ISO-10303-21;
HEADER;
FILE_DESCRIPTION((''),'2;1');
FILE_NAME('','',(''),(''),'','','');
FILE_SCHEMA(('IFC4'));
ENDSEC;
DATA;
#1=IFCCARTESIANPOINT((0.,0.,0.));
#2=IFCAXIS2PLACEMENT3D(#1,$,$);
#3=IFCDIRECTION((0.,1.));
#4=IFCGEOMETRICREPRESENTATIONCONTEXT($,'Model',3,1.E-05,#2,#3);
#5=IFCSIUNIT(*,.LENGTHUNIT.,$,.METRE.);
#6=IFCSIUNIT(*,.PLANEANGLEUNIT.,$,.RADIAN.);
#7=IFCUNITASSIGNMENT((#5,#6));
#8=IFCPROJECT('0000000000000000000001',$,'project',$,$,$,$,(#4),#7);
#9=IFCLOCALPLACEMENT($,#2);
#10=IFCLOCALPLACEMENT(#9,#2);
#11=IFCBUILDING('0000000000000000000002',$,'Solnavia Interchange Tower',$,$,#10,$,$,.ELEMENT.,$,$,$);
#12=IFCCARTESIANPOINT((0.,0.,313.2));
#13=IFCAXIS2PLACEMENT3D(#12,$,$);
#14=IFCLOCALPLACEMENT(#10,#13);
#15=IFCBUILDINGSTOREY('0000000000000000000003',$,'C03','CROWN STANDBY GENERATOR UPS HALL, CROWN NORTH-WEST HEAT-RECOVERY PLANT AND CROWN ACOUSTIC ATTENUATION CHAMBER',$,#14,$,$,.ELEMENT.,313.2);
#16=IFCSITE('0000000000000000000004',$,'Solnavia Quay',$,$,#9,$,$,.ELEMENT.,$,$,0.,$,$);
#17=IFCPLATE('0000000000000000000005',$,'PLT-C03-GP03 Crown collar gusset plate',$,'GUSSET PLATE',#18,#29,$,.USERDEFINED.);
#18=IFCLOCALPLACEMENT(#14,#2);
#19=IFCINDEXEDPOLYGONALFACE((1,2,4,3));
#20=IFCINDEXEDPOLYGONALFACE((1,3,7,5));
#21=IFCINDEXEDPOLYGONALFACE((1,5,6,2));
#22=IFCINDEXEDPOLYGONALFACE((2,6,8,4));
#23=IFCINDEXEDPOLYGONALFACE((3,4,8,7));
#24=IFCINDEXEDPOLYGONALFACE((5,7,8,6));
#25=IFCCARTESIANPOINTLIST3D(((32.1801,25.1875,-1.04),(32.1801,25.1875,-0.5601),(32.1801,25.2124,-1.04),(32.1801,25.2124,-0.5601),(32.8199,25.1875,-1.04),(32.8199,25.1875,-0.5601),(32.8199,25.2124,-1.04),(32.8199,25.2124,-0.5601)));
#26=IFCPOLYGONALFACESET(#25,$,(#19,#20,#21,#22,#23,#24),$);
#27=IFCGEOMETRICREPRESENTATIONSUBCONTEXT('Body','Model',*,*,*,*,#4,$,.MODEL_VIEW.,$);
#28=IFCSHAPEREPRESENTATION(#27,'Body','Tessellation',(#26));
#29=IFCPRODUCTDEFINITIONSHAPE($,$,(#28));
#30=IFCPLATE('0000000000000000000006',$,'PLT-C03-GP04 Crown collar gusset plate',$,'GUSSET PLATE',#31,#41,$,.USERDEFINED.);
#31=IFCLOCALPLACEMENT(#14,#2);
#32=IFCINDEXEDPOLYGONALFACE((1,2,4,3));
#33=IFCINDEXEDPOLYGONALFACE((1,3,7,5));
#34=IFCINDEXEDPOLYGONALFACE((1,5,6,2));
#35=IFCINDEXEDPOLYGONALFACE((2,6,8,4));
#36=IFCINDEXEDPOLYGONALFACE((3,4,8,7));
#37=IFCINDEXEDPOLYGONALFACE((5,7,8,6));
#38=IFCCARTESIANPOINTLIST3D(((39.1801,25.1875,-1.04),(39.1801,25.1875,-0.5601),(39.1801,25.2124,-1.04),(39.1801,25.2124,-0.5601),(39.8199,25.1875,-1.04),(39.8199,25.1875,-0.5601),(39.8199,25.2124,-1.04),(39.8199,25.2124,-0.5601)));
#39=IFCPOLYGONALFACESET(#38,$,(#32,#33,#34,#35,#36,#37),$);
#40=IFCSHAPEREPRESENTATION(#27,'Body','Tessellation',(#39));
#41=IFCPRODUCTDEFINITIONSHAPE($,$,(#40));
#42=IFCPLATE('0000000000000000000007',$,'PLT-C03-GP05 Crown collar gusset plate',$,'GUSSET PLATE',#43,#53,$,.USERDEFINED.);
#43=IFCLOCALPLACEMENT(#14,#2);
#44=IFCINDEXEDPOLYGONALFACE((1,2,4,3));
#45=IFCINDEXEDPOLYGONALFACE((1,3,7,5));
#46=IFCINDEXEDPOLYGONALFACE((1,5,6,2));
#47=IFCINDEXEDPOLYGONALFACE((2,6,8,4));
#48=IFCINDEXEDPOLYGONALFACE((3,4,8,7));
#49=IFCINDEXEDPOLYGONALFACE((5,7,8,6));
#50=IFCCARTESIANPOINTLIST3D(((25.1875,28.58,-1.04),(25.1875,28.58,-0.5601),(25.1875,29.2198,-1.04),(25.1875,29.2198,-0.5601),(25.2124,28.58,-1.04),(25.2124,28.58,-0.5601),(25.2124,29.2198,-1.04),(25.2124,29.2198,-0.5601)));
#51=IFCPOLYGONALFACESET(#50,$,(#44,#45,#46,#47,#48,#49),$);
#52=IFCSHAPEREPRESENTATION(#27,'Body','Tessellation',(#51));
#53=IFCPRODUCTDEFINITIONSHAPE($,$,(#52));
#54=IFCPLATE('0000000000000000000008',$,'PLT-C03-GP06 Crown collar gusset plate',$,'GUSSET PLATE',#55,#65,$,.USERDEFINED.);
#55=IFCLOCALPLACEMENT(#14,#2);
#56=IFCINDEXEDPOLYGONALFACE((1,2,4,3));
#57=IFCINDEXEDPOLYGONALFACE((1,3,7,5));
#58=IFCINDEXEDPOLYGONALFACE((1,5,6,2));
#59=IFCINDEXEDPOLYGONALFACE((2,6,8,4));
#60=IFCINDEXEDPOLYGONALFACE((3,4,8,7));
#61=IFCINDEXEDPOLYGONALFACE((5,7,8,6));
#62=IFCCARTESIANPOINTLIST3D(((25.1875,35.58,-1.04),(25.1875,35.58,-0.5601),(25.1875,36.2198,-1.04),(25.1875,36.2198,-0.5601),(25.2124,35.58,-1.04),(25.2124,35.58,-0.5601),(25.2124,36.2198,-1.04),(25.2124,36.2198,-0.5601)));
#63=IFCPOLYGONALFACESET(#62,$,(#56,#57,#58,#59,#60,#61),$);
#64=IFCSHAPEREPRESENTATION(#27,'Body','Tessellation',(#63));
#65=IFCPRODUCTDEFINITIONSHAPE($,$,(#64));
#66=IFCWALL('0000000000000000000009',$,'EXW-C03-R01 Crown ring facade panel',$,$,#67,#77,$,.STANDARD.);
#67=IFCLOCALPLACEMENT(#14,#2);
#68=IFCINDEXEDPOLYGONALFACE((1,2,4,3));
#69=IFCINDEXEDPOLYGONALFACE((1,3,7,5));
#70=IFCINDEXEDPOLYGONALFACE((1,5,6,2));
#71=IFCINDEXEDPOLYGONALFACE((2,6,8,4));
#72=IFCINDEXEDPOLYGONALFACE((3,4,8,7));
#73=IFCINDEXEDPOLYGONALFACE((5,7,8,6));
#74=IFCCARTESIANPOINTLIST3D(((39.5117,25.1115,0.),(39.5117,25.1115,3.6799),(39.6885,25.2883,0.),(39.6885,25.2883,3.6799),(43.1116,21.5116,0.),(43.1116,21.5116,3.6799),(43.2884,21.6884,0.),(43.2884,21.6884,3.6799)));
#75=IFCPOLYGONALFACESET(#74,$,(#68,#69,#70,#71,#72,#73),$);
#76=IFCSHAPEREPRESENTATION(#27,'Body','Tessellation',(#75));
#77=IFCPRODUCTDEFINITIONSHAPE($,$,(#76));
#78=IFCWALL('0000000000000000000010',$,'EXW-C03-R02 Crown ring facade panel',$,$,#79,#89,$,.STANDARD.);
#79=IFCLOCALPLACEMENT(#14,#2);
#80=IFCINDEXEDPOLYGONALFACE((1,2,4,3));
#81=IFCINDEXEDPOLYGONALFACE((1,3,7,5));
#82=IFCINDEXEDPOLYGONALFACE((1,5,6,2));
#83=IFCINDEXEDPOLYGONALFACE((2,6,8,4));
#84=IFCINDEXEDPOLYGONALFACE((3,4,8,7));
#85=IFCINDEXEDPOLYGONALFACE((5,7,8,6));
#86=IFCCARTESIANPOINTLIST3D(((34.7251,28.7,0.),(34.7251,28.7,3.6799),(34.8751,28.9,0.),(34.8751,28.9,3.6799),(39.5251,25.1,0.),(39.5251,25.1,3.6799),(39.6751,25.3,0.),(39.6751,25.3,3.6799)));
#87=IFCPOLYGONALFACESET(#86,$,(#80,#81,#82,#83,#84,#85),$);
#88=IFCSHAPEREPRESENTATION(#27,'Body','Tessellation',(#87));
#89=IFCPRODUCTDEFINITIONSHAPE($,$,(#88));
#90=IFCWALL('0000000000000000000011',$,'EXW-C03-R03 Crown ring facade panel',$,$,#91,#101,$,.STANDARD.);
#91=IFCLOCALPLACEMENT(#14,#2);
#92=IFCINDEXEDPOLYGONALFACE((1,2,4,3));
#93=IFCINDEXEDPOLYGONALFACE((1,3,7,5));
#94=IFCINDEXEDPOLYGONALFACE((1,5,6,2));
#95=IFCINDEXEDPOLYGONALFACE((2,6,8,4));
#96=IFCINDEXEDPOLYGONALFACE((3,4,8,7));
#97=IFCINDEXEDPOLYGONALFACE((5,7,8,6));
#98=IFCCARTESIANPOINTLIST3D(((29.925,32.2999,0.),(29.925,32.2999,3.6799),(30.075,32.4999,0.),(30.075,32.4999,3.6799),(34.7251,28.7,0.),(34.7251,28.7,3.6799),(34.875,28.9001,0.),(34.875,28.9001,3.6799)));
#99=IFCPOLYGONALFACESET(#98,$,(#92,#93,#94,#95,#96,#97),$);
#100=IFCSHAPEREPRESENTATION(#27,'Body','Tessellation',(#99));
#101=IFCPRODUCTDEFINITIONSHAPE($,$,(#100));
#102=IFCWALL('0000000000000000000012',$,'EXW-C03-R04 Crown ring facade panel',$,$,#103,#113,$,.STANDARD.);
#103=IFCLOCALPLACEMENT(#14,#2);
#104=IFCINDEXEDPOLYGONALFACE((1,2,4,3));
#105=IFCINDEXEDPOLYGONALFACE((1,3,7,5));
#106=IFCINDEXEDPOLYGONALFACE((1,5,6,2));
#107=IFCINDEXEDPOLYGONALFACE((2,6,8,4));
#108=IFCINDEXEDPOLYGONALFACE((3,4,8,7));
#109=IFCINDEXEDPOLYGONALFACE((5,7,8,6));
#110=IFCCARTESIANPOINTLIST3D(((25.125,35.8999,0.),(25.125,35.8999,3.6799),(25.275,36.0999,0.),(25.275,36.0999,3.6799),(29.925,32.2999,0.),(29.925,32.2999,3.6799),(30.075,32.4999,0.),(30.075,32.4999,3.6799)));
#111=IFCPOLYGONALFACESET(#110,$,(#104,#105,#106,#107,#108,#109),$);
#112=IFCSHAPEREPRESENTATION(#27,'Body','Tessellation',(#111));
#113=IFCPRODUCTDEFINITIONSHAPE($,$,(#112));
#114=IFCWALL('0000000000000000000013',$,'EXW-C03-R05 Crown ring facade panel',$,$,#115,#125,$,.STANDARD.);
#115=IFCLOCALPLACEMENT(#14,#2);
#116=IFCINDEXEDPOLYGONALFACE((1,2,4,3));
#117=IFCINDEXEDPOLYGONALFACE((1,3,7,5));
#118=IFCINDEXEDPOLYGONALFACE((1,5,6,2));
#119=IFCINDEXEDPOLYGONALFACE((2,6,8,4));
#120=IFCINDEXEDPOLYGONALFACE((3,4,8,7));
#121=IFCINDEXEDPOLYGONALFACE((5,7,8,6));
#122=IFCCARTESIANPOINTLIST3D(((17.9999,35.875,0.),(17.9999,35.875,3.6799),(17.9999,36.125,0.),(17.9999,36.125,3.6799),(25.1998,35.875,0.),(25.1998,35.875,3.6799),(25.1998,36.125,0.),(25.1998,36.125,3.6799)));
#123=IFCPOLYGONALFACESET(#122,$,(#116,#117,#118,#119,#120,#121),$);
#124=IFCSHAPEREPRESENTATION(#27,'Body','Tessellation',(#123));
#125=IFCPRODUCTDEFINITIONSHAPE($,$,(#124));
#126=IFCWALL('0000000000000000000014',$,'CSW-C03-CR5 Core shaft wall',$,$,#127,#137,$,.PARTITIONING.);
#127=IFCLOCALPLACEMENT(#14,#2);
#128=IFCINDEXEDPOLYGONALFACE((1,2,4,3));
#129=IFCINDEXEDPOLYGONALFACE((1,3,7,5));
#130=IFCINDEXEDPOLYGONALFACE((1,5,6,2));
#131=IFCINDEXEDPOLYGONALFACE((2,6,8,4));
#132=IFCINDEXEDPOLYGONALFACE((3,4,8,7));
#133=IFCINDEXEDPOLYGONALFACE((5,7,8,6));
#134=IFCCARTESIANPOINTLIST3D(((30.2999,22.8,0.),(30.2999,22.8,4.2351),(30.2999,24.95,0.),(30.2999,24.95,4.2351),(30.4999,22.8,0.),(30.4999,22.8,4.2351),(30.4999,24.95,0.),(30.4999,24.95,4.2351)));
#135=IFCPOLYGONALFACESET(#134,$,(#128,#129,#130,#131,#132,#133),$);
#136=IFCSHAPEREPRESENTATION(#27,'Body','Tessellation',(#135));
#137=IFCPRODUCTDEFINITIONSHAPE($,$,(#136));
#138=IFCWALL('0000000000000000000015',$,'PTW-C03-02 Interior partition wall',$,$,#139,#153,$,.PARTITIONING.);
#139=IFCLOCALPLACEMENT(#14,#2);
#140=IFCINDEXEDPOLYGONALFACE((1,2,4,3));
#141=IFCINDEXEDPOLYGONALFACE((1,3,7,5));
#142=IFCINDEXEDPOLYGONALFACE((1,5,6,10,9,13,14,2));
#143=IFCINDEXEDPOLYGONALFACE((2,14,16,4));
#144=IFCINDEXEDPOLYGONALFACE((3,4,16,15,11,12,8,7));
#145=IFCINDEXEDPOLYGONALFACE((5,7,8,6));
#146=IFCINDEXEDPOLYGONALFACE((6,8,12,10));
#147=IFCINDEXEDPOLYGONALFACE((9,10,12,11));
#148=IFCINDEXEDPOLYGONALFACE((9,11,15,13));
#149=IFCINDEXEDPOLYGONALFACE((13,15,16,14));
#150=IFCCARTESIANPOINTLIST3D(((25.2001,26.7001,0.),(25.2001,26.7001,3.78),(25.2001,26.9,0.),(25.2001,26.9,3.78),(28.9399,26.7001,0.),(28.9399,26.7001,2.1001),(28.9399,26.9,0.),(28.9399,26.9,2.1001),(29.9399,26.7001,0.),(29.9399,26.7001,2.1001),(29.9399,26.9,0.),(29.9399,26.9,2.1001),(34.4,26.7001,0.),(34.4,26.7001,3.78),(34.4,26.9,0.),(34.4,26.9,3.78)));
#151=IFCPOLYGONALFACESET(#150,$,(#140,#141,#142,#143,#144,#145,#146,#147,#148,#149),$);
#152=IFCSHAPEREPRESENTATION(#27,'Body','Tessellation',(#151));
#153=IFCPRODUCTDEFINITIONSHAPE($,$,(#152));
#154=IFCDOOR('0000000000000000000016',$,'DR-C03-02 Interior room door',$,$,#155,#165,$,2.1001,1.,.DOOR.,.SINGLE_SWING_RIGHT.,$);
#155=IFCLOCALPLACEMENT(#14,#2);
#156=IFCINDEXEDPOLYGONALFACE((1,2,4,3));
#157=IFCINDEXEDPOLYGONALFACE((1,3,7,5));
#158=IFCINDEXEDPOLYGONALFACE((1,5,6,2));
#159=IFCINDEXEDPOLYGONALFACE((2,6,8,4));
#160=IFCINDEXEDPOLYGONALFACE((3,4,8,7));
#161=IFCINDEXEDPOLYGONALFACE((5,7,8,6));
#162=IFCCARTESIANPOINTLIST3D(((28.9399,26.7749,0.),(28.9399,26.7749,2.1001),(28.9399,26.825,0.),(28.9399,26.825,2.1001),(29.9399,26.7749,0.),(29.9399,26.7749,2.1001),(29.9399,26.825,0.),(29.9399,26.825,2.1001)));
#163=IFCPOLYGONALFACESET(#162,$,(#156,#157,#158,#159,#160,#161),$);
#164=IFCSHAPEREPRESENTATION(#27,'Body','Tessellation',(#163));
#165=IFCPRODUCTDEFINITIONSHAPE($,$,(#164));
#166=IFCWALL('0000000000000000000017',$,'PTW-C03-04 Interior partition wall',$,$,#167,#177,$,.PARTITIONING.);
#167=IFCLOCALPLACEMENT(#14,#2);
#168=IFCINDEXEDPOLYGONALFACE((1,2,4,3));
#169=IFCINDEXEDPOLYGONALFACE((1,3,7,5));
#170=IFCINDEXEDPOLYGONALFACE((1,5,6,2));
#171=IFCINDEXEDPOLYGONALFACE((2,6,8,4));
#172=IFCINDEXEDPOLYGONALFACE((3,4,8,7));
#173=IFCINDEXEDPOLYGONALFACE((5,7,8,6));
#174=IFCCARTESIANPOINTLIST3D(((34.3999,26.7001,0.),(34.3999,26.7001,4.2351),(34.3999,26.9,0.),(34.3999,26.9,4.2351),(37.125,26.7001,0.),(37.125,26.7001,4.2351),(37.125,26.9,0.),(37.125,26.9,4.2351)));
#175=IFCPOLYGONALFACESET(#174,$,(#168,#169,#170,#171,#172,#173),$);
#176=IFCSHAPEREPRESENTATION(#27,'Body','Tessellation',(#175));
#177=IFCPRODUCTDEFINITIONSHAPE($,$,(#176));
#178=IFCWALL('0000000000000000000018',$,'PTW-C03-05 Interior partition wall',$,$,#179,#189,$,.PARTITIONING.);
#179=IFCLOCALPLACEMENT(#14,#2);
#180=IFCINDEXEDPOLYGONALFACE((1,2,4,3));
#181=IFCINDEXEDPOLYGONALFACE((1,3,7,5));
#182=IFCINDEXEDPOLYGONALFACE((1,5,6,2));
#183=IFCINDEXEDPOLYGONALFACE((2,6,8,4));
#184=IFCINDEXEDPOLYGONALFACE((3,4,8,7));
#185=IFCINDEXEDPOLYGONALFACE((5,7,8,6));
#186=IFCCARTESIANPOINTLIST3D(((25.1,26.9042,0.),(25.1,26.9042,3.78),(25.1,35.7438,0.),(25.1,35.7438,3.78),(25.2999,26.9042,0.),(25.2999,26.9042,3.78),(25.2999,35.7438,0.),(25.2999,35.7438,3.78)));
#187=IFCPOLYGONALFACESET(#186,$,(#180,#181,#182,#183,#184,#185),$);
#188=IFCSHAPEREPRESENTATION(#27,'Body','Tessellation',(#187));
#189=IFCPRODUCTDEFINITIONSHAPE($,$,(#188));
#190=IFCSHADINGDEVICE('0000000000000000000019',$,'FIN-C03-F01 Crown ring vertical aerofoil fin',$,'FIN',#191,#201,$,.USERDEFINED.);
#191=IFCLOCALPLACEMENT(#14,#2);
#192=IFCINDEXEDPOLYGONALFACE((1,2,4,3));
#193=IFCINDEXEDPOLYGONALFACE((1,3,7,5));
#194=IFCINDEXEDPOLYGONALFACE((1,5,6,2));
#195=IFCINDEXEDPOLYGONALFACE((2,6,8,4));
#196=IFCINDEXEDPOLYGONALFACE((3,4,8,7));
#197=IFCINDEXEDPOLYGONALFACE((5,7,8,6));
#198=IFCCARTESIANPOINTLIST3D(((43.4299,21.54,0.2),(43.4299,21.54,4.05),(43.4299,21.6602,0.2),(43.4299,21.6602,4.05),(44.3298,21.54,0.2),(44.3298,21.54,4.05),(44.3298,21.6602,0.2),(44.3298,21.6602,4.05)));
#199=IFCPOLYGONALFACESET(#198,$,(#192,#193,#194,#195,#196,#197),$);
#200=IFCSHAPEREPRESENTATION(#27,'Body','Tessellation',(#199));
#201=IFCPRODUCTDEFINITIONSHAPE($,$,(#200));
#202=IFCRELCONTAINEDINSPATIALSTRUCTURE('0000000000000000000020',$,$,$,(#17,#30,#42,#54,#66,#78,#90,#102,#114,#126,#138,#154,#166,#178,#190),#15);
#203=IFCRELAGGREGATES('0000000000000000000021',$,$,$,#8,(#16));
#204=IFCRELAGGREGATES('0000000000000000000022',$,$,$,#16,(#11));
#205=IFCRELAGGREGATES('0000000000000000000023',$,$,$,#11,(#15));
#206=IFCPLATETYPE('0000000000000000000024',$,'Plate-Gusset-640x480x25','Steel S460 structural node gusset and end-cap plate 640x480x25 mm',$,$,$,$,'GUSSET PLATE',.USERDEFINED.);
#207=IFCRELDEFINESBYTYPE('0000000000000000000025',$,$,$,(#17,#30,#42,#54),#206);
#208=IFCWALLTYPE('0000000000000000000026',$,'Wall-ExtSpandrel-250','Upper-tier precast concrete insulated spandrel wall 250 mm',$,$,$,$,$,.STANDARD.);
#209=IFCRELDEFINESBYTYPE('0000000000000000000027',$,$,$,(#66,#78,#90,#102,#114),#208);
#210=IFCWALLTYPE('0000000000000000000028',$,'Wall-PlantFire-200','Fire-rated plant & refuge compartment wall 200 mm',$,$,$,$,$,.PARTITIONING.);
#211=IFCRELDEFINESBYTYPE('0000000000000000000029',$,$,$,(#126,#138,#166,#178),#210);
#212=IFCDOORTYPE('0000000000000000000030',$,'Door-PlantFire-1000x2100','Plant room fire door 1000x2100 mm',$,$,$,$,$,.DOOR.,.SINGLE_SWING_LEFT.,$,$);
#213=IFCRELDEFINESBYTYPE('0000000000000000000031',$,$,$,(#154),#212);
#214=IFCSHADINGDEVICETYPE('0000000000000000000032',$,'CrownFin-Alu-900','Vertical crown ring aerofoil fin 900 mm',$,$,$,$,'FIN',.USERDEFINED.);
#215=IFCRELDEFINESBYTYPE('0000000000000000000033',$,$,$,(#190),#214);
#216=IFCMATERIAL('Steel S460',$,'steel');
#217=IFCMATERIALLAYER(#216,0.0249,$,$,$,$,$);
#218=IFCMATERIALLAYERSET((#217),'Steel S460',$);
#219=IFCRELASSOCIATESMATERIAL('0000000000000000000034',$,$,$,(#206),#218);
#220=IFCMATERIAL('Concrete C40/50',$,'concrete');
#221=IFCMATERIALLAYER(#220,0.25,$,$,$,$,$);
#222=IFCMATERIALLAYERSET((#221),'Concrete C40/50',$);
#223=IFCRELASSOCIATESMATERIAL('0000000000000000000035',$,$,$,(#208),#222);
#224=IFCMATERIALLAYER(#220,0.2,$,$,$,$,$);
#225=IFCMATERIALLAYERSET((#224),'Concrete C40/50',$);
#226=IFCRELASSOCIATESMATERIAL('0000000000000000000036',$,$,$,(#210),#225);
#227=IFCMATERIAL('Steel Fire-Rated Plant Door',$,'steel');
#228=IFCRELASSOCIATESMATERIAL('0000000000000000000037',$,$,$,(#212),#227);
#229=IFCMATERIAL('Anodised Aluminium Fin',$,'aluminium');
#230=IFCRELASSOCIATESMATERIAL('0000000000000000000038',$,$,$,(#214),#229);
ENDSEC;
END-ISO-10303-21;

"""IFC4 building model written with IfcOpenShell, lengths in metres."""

from ifc_helpers import new_model, si_unit, direction, frame, frame_2d, origin, origin_2d, place, context, subcontext, project, spatial, rectangle, extrude, material, layer, layer_set, type_object, element, fill, save


model = new_model("IFC4")

# Units and contexts
model_context = context("Model", 3, precision=1e-05, world=origin(), true_north=direction((0.0, 1.0)))
body_context = subcontext(model_context, "Body", "Model", "MODEL_VIEW")
ifc_project = project(units=[si_unit("LENGTHUNIT", "METRE"), si_unit("PLANEANGLEUNIT", "RADIAN")], contexts=[model_context])

# Site, building, storey
site_placement = place(None, origin())
site = spatial("IfcSite", under=ifc_project, at=site_placement, Name="Solnavia Quay", CompositionType="ELEMENT", RefElevation=0.0)
building_placement = place(site_placement, origin())
building = spatial("IfcBuilding", under=site, at=building_placement, Name="Solnavia Interchange Tower", CompositionType="ELEMENT")
storey_placement = place(building_placement, frame((0.0, 0.0, 313.2)))
storey = spatial("IfcBuildingStorey", under=building, at=storey_placement, Name="C03", Description="CROWN STANDBY GENERATOR UPS HALL, CROWN NORTH-WEST HEAT-RECOVERY PLANT AND CROWN ACOUSTIC ATTENUATION CHAMBER", CompositionType="ELEMENT", Elevation=313.2)

# Shared definitions
ifc_material_1 = material(Name="Steel S460", Category="steel")

# Plates
ifc_layer_1 = layer(ifc_material_1, 0.0249)
ifc_layer_set_1 = layer_set([ifc_layer_1], Name="Steel S460")
plate_type = type_object("IfcPlateType", Name="Plate-Gusset-640x480x25", Description="Steel S460 structural node gusset and end-cap plate 640x480x25 mm", ElementType="GUSSET PLATE", PredefinedType="USERDEFINED", material=ifc_layer_set_1)
for number, where, z_axis, x_axis, name in (
    (1, (32.5, 25.2, -1.04), (0.0, 0.0, 1.0), (1.0, 0.0, 0.0), "PLT-C03-GP03 Crown collar gusset plate"),
    (2, (39.5, 25.2, -1.04), (0.0, 0.0, 1.0), (1.0, 0.0, 0.0), "PLT-C03-GP04 Crown collar gusset plate"),
    (3, (25.2, 28.8999, -1.04), (0.0, 0.0, 1.0), (0.0, 1.0, 0.0), "PLT-C03-GP05 Crown collar gusset plate"),
    (4, (25.2, 35.8999, -1.04), (0.0, 0.0, 1.0), (0.0, 1.0, 0.0), "PLT-C03-GP06 Crown collar gusset plate"),
):
    element("IfcPlate", number, at=place(storey_placement, frame(where, z_axis=z_axis, x_axis=x_axis)), inside=storey, type_object=plate_type, Name=name, ObjectType="GUSSET PLATE", PredefinedType="USERDEFINED", context=body_context, shape_type="SweptSolid", body=[
        extrude(rectangle(XDim=0.6399, YDim=0.0249, at=origin_2d()), origin(), (0.0, 0.0, 1.0), 0.48),
    ])

# Walls
ifc_material_2 = material(Name="Concrete C40/50", Category="concrete")
ifc_layer_2 = layer(ifc_material_2, 0.25)
ifc_layer_set_2 = layer_set([ifc_layer_2], Name="Concrete C40/50")
wall_type_1 = type_object("IfcWallType", Name="Wall-ExtSpandrel-250", Description="Upper-tier precast concrete insulated spandrel wall 250 mm", PredefinedType="STANDARD", material=ifc_layer_set_2)
wall_1_placement = place(storey_placement, frame((43.2, 21.6001, 0.0), z_axis=(0.0, 0.0, 1.0), x_axis=(-0.707107, 0.707107, 0.0)))
element("IfcWall", 5, at=wall_1_placement, inside=storey, type_object=wall_type_1, Name="EXW-C03-R01 Crown ring facade panel", PredefinedType="STANDARD", context=body_context, shape_type="SweptSolid", body=[
    extrude(rectangle(XDim=5.0911, YDim=0.25, at=frame_2d((2.5454, 0.0))), origin(), (0.0, 0.0, 1.0), 3.6799),
])
for number, where, z_axis, x_axis, name in (
    (6, (39.6001, 25.2, 0.0), (0.0, 0.0, 1.0), (-0.799995, 0.600007, 0.0), "EXW-C03-R02 Crown ring facade panel"),
    (7, (34.8, 28.8, 0.0), (0.0, 0.0, 1.0), (-0.800015, 0.59998, 0.0), "EXW-C03-R03 Crown ring facade panel"),
    (8, (30.0, 32.3999, 0.0), (0.0, 0.0, 1.0), (-0.799995, 0.600007, 0.0), "EXW-C03-R04 Crown ring facade panel"),
):
    element("IfcWall", number, at=place(storey_placement, frame(where, z_axis=z_axis, x_axis=x_axis)), inside=storey, type_object=wall_type_1, Name=name, PredefinedType="STANDARD", context=body_context, shape_type="SweptSolid", body=[
        extrude(rectangle(XDim=6.0, YDim=0.25, at=frame_2d((3.0, 0.0))), origin(), (0.0, 0.0, 1.0), 3.6799),
    ])
wall_2_placement = place(storey_placement, frame((25.2, 36.0, 0.0), z_axis=(0.0, 0.0, 1.0), x_axis=(-1.0, 0.0, 0.0)))
element("IfcWall", 9, at=wall_2_placement, inside=storey, type_object=wall_type_1, Name="EXW-C03-R05 Crown ring facade panel", PredefinedType="STANDARD", context=body_context, shape_type="SweptSolid", body=[
    extrude(rectangle(XDim=7.2, YDim=0.25, at=frame_2d((3.6001, 0.0))), origin(), (0.0, 0.0, 1.0), 3.6799),
])
ifc_layer_3 = layer(ifc_material_2, 0.2)
ifc_layer_set_3 = layer_set([ifc_layer_3], Name="Concrete C40/50")
wall_type_2 = type_object("IfcWallType", Name="Wall-PlantFire-200", Description="Fire-rated plant & refuge compartment wall 200 mm", PredefinedType="PARTITIONING", material=ifc_layer_set_3)
wall_3_placement = place(storey_placement, frame((30.3999, 22.8, 0.0), z_axis=(0.0, 0.0, 1.0), x_axis=(0.0, 1.0, 0.0)))
element("IfcWall", 10, at=wall_3_placement, inside=storey, type_object=wall_type_2, Name="CSW-C03-CR5 Core shaft wall", PredefinedType="PARTITIONING", context=body_context, shape_type="SweptSolid", body=[
    extrude(rectangle(XDim=2.1499, YDim=0.2, at=frame_2d((1.075, 0.0))), origin(), (0.0, 0.0, 1.0), 4.2351),
])

# Wall, opening, door
wall_4_placement = place(storey_placement, frame((25.2, 26.8, 0.0), z_axis=(0.0, 0.0, 1.0), x_axis=(1.0, 0.0, 0.0)))
wall_4 = element("IfcWall", 11, at=wall_4_placement, inside=storey, type_object=wall_type_2, Name="PTW-C03-02 Interior partition wall", PredefinedType="PARTITIONING", context=body_context, shape_type="SweptSolid", body=[
    extrude(rectangle(XDim=9.2, YDim=0.2, at=frame_2d((4.6001, 0.0))), origin(), (0.0, 0.0, 1.0), 3.78),
])
opening_placement = place(wall_4_placement, frame((3.74, 0.0, 0.0)))
opening = element("IfcOpeningElement", 12, at=opening_placement, cuts=wall_4, PredefinedType="OPENING", context=body_context, shape_type="SweptSolid", body=[
    extrude(rectangle(XDim=1.0, YDim=2.1001, at=frame_2d((0.5, 1.05))), frame((0.0, 0.1099, 0.0), z_axis=(0.0, -1.0, 0.0), x_axis=(1.0, 0.0, 0.0)), (0.0, 0.0, 1.0), 0.22),
])
ifc_material_3 = material(Name="Steel Fire-Rated Plant Door", Category="steel")
door_type = type_object("IfcDoorType", Name="Door-PlantFire-1000x2100", Description="Plant room fire door 1000x2100 mm", OperationType="SINGLE_SWING_LEFT", PredefinedType="DOOR", material=ifc_material_3)
door_placement = place(opening_placement, origin())
door = element("IfcDoor", 13, at=door_placement, inside=storey, type_object=door_type, Name="DR-C03-02 Interior room door", OperationType="SINGLE_SWING_RIGHT", OverallHeight=2.1001, OverallWidth=1.0, PredefinedType="DOOR", context=body_context, shape_type="SweptSolid", body=[
    extrude(rectangle(XDim=1.0, YDim=2.1001, at=frame_2d((0.5, 1.05))), frame((0.0, 0.0249, 0.0), z_axis=(0.0, -1.0, 0.0), x_axis=(1.0, 0.0, 0.0)), (0.0, 0.0, 1.0), 0.05),
])
fill(opening, door)

# Walls
wall_5_placement = place(storey_placement, frame((34.3999, 26.8, 0.0), z_axis=(0.0, 0.0, 1.0), x_axis=(1.0, 0.0, 0.0)))
element("IfcWall", 14, at=wall_5_placement, inside=storey, type_object=wall_type_2, Name="PTW-C03-04 Interior partition wall", PredefinedType="PARTITIONING", context=body_context, shape_type="SweptSolid", body=[
    extrude(rectangle(XDim=2.7251, YDim=0.2, at=frame_2d((1.3625, 0.0))), origin(), (0.0, 0.0, 1.0), 4.2351),
])
wall_6_placement = place(storey_placement, frame((25.2, 26.9041, 0.0), z_axis=(0.0, 0.0, 1.0), x_axis=(0.0, 1.0, 0.0)))
element("IfcWall", 15, at=wall_6_placement, inside=storey, type_object=wall_type_2, Name="PTW-C03-05 Interior partition wall", PredefinedType="PARTITIONING", context=body_context, shape_type="SweptSolid", body=[
    extrude(rectangle(XDim=8.8396, YDim=0.2, at=frame_2d((4.4199, 0.0))), origin(), (0.0, 0.0, 1.0), 3.78),
])

# Shading device
ifc_material_4 = material(Name="Anodised Aluminium Fin", Category="aluminium")
shading_device_type = type_object("IfcShadingDeviceType", Name="CrownFin-Alu-900", Description="Vertical crown ring aerofoil fin 900 mm", ElementType="FIN", PredefinedType="USERDEFINED", material=ifc_material_4)
for number, where, z_axis, x_axis, name in (
    (16, (43.8799, 21.6001, 0.2), (0.0, 0.0, 1.0), (1.0, 0.0, 0.0), "FIN-C03-F01 Crown ring vertical aerofoil fin"),
):
    element("IfcShadingDevice", number, at=place(storey_placement, frame(where, z_axis=z_axis, x_axis=x_axis)), inside=storey, type_object=shading_device_type, Name=name, ObjectType="FIN", PredefinedType="USERDEFINED", context=body_context, shape_type="SweptSolid", body=[
        extrude(rectangle(XDim=0.8999, YDim=0.1201, at=origin_2d()), origin(), (0.0, 0.0, 1.0), 3.8501),
    ])

save(model, "model.ifc")
